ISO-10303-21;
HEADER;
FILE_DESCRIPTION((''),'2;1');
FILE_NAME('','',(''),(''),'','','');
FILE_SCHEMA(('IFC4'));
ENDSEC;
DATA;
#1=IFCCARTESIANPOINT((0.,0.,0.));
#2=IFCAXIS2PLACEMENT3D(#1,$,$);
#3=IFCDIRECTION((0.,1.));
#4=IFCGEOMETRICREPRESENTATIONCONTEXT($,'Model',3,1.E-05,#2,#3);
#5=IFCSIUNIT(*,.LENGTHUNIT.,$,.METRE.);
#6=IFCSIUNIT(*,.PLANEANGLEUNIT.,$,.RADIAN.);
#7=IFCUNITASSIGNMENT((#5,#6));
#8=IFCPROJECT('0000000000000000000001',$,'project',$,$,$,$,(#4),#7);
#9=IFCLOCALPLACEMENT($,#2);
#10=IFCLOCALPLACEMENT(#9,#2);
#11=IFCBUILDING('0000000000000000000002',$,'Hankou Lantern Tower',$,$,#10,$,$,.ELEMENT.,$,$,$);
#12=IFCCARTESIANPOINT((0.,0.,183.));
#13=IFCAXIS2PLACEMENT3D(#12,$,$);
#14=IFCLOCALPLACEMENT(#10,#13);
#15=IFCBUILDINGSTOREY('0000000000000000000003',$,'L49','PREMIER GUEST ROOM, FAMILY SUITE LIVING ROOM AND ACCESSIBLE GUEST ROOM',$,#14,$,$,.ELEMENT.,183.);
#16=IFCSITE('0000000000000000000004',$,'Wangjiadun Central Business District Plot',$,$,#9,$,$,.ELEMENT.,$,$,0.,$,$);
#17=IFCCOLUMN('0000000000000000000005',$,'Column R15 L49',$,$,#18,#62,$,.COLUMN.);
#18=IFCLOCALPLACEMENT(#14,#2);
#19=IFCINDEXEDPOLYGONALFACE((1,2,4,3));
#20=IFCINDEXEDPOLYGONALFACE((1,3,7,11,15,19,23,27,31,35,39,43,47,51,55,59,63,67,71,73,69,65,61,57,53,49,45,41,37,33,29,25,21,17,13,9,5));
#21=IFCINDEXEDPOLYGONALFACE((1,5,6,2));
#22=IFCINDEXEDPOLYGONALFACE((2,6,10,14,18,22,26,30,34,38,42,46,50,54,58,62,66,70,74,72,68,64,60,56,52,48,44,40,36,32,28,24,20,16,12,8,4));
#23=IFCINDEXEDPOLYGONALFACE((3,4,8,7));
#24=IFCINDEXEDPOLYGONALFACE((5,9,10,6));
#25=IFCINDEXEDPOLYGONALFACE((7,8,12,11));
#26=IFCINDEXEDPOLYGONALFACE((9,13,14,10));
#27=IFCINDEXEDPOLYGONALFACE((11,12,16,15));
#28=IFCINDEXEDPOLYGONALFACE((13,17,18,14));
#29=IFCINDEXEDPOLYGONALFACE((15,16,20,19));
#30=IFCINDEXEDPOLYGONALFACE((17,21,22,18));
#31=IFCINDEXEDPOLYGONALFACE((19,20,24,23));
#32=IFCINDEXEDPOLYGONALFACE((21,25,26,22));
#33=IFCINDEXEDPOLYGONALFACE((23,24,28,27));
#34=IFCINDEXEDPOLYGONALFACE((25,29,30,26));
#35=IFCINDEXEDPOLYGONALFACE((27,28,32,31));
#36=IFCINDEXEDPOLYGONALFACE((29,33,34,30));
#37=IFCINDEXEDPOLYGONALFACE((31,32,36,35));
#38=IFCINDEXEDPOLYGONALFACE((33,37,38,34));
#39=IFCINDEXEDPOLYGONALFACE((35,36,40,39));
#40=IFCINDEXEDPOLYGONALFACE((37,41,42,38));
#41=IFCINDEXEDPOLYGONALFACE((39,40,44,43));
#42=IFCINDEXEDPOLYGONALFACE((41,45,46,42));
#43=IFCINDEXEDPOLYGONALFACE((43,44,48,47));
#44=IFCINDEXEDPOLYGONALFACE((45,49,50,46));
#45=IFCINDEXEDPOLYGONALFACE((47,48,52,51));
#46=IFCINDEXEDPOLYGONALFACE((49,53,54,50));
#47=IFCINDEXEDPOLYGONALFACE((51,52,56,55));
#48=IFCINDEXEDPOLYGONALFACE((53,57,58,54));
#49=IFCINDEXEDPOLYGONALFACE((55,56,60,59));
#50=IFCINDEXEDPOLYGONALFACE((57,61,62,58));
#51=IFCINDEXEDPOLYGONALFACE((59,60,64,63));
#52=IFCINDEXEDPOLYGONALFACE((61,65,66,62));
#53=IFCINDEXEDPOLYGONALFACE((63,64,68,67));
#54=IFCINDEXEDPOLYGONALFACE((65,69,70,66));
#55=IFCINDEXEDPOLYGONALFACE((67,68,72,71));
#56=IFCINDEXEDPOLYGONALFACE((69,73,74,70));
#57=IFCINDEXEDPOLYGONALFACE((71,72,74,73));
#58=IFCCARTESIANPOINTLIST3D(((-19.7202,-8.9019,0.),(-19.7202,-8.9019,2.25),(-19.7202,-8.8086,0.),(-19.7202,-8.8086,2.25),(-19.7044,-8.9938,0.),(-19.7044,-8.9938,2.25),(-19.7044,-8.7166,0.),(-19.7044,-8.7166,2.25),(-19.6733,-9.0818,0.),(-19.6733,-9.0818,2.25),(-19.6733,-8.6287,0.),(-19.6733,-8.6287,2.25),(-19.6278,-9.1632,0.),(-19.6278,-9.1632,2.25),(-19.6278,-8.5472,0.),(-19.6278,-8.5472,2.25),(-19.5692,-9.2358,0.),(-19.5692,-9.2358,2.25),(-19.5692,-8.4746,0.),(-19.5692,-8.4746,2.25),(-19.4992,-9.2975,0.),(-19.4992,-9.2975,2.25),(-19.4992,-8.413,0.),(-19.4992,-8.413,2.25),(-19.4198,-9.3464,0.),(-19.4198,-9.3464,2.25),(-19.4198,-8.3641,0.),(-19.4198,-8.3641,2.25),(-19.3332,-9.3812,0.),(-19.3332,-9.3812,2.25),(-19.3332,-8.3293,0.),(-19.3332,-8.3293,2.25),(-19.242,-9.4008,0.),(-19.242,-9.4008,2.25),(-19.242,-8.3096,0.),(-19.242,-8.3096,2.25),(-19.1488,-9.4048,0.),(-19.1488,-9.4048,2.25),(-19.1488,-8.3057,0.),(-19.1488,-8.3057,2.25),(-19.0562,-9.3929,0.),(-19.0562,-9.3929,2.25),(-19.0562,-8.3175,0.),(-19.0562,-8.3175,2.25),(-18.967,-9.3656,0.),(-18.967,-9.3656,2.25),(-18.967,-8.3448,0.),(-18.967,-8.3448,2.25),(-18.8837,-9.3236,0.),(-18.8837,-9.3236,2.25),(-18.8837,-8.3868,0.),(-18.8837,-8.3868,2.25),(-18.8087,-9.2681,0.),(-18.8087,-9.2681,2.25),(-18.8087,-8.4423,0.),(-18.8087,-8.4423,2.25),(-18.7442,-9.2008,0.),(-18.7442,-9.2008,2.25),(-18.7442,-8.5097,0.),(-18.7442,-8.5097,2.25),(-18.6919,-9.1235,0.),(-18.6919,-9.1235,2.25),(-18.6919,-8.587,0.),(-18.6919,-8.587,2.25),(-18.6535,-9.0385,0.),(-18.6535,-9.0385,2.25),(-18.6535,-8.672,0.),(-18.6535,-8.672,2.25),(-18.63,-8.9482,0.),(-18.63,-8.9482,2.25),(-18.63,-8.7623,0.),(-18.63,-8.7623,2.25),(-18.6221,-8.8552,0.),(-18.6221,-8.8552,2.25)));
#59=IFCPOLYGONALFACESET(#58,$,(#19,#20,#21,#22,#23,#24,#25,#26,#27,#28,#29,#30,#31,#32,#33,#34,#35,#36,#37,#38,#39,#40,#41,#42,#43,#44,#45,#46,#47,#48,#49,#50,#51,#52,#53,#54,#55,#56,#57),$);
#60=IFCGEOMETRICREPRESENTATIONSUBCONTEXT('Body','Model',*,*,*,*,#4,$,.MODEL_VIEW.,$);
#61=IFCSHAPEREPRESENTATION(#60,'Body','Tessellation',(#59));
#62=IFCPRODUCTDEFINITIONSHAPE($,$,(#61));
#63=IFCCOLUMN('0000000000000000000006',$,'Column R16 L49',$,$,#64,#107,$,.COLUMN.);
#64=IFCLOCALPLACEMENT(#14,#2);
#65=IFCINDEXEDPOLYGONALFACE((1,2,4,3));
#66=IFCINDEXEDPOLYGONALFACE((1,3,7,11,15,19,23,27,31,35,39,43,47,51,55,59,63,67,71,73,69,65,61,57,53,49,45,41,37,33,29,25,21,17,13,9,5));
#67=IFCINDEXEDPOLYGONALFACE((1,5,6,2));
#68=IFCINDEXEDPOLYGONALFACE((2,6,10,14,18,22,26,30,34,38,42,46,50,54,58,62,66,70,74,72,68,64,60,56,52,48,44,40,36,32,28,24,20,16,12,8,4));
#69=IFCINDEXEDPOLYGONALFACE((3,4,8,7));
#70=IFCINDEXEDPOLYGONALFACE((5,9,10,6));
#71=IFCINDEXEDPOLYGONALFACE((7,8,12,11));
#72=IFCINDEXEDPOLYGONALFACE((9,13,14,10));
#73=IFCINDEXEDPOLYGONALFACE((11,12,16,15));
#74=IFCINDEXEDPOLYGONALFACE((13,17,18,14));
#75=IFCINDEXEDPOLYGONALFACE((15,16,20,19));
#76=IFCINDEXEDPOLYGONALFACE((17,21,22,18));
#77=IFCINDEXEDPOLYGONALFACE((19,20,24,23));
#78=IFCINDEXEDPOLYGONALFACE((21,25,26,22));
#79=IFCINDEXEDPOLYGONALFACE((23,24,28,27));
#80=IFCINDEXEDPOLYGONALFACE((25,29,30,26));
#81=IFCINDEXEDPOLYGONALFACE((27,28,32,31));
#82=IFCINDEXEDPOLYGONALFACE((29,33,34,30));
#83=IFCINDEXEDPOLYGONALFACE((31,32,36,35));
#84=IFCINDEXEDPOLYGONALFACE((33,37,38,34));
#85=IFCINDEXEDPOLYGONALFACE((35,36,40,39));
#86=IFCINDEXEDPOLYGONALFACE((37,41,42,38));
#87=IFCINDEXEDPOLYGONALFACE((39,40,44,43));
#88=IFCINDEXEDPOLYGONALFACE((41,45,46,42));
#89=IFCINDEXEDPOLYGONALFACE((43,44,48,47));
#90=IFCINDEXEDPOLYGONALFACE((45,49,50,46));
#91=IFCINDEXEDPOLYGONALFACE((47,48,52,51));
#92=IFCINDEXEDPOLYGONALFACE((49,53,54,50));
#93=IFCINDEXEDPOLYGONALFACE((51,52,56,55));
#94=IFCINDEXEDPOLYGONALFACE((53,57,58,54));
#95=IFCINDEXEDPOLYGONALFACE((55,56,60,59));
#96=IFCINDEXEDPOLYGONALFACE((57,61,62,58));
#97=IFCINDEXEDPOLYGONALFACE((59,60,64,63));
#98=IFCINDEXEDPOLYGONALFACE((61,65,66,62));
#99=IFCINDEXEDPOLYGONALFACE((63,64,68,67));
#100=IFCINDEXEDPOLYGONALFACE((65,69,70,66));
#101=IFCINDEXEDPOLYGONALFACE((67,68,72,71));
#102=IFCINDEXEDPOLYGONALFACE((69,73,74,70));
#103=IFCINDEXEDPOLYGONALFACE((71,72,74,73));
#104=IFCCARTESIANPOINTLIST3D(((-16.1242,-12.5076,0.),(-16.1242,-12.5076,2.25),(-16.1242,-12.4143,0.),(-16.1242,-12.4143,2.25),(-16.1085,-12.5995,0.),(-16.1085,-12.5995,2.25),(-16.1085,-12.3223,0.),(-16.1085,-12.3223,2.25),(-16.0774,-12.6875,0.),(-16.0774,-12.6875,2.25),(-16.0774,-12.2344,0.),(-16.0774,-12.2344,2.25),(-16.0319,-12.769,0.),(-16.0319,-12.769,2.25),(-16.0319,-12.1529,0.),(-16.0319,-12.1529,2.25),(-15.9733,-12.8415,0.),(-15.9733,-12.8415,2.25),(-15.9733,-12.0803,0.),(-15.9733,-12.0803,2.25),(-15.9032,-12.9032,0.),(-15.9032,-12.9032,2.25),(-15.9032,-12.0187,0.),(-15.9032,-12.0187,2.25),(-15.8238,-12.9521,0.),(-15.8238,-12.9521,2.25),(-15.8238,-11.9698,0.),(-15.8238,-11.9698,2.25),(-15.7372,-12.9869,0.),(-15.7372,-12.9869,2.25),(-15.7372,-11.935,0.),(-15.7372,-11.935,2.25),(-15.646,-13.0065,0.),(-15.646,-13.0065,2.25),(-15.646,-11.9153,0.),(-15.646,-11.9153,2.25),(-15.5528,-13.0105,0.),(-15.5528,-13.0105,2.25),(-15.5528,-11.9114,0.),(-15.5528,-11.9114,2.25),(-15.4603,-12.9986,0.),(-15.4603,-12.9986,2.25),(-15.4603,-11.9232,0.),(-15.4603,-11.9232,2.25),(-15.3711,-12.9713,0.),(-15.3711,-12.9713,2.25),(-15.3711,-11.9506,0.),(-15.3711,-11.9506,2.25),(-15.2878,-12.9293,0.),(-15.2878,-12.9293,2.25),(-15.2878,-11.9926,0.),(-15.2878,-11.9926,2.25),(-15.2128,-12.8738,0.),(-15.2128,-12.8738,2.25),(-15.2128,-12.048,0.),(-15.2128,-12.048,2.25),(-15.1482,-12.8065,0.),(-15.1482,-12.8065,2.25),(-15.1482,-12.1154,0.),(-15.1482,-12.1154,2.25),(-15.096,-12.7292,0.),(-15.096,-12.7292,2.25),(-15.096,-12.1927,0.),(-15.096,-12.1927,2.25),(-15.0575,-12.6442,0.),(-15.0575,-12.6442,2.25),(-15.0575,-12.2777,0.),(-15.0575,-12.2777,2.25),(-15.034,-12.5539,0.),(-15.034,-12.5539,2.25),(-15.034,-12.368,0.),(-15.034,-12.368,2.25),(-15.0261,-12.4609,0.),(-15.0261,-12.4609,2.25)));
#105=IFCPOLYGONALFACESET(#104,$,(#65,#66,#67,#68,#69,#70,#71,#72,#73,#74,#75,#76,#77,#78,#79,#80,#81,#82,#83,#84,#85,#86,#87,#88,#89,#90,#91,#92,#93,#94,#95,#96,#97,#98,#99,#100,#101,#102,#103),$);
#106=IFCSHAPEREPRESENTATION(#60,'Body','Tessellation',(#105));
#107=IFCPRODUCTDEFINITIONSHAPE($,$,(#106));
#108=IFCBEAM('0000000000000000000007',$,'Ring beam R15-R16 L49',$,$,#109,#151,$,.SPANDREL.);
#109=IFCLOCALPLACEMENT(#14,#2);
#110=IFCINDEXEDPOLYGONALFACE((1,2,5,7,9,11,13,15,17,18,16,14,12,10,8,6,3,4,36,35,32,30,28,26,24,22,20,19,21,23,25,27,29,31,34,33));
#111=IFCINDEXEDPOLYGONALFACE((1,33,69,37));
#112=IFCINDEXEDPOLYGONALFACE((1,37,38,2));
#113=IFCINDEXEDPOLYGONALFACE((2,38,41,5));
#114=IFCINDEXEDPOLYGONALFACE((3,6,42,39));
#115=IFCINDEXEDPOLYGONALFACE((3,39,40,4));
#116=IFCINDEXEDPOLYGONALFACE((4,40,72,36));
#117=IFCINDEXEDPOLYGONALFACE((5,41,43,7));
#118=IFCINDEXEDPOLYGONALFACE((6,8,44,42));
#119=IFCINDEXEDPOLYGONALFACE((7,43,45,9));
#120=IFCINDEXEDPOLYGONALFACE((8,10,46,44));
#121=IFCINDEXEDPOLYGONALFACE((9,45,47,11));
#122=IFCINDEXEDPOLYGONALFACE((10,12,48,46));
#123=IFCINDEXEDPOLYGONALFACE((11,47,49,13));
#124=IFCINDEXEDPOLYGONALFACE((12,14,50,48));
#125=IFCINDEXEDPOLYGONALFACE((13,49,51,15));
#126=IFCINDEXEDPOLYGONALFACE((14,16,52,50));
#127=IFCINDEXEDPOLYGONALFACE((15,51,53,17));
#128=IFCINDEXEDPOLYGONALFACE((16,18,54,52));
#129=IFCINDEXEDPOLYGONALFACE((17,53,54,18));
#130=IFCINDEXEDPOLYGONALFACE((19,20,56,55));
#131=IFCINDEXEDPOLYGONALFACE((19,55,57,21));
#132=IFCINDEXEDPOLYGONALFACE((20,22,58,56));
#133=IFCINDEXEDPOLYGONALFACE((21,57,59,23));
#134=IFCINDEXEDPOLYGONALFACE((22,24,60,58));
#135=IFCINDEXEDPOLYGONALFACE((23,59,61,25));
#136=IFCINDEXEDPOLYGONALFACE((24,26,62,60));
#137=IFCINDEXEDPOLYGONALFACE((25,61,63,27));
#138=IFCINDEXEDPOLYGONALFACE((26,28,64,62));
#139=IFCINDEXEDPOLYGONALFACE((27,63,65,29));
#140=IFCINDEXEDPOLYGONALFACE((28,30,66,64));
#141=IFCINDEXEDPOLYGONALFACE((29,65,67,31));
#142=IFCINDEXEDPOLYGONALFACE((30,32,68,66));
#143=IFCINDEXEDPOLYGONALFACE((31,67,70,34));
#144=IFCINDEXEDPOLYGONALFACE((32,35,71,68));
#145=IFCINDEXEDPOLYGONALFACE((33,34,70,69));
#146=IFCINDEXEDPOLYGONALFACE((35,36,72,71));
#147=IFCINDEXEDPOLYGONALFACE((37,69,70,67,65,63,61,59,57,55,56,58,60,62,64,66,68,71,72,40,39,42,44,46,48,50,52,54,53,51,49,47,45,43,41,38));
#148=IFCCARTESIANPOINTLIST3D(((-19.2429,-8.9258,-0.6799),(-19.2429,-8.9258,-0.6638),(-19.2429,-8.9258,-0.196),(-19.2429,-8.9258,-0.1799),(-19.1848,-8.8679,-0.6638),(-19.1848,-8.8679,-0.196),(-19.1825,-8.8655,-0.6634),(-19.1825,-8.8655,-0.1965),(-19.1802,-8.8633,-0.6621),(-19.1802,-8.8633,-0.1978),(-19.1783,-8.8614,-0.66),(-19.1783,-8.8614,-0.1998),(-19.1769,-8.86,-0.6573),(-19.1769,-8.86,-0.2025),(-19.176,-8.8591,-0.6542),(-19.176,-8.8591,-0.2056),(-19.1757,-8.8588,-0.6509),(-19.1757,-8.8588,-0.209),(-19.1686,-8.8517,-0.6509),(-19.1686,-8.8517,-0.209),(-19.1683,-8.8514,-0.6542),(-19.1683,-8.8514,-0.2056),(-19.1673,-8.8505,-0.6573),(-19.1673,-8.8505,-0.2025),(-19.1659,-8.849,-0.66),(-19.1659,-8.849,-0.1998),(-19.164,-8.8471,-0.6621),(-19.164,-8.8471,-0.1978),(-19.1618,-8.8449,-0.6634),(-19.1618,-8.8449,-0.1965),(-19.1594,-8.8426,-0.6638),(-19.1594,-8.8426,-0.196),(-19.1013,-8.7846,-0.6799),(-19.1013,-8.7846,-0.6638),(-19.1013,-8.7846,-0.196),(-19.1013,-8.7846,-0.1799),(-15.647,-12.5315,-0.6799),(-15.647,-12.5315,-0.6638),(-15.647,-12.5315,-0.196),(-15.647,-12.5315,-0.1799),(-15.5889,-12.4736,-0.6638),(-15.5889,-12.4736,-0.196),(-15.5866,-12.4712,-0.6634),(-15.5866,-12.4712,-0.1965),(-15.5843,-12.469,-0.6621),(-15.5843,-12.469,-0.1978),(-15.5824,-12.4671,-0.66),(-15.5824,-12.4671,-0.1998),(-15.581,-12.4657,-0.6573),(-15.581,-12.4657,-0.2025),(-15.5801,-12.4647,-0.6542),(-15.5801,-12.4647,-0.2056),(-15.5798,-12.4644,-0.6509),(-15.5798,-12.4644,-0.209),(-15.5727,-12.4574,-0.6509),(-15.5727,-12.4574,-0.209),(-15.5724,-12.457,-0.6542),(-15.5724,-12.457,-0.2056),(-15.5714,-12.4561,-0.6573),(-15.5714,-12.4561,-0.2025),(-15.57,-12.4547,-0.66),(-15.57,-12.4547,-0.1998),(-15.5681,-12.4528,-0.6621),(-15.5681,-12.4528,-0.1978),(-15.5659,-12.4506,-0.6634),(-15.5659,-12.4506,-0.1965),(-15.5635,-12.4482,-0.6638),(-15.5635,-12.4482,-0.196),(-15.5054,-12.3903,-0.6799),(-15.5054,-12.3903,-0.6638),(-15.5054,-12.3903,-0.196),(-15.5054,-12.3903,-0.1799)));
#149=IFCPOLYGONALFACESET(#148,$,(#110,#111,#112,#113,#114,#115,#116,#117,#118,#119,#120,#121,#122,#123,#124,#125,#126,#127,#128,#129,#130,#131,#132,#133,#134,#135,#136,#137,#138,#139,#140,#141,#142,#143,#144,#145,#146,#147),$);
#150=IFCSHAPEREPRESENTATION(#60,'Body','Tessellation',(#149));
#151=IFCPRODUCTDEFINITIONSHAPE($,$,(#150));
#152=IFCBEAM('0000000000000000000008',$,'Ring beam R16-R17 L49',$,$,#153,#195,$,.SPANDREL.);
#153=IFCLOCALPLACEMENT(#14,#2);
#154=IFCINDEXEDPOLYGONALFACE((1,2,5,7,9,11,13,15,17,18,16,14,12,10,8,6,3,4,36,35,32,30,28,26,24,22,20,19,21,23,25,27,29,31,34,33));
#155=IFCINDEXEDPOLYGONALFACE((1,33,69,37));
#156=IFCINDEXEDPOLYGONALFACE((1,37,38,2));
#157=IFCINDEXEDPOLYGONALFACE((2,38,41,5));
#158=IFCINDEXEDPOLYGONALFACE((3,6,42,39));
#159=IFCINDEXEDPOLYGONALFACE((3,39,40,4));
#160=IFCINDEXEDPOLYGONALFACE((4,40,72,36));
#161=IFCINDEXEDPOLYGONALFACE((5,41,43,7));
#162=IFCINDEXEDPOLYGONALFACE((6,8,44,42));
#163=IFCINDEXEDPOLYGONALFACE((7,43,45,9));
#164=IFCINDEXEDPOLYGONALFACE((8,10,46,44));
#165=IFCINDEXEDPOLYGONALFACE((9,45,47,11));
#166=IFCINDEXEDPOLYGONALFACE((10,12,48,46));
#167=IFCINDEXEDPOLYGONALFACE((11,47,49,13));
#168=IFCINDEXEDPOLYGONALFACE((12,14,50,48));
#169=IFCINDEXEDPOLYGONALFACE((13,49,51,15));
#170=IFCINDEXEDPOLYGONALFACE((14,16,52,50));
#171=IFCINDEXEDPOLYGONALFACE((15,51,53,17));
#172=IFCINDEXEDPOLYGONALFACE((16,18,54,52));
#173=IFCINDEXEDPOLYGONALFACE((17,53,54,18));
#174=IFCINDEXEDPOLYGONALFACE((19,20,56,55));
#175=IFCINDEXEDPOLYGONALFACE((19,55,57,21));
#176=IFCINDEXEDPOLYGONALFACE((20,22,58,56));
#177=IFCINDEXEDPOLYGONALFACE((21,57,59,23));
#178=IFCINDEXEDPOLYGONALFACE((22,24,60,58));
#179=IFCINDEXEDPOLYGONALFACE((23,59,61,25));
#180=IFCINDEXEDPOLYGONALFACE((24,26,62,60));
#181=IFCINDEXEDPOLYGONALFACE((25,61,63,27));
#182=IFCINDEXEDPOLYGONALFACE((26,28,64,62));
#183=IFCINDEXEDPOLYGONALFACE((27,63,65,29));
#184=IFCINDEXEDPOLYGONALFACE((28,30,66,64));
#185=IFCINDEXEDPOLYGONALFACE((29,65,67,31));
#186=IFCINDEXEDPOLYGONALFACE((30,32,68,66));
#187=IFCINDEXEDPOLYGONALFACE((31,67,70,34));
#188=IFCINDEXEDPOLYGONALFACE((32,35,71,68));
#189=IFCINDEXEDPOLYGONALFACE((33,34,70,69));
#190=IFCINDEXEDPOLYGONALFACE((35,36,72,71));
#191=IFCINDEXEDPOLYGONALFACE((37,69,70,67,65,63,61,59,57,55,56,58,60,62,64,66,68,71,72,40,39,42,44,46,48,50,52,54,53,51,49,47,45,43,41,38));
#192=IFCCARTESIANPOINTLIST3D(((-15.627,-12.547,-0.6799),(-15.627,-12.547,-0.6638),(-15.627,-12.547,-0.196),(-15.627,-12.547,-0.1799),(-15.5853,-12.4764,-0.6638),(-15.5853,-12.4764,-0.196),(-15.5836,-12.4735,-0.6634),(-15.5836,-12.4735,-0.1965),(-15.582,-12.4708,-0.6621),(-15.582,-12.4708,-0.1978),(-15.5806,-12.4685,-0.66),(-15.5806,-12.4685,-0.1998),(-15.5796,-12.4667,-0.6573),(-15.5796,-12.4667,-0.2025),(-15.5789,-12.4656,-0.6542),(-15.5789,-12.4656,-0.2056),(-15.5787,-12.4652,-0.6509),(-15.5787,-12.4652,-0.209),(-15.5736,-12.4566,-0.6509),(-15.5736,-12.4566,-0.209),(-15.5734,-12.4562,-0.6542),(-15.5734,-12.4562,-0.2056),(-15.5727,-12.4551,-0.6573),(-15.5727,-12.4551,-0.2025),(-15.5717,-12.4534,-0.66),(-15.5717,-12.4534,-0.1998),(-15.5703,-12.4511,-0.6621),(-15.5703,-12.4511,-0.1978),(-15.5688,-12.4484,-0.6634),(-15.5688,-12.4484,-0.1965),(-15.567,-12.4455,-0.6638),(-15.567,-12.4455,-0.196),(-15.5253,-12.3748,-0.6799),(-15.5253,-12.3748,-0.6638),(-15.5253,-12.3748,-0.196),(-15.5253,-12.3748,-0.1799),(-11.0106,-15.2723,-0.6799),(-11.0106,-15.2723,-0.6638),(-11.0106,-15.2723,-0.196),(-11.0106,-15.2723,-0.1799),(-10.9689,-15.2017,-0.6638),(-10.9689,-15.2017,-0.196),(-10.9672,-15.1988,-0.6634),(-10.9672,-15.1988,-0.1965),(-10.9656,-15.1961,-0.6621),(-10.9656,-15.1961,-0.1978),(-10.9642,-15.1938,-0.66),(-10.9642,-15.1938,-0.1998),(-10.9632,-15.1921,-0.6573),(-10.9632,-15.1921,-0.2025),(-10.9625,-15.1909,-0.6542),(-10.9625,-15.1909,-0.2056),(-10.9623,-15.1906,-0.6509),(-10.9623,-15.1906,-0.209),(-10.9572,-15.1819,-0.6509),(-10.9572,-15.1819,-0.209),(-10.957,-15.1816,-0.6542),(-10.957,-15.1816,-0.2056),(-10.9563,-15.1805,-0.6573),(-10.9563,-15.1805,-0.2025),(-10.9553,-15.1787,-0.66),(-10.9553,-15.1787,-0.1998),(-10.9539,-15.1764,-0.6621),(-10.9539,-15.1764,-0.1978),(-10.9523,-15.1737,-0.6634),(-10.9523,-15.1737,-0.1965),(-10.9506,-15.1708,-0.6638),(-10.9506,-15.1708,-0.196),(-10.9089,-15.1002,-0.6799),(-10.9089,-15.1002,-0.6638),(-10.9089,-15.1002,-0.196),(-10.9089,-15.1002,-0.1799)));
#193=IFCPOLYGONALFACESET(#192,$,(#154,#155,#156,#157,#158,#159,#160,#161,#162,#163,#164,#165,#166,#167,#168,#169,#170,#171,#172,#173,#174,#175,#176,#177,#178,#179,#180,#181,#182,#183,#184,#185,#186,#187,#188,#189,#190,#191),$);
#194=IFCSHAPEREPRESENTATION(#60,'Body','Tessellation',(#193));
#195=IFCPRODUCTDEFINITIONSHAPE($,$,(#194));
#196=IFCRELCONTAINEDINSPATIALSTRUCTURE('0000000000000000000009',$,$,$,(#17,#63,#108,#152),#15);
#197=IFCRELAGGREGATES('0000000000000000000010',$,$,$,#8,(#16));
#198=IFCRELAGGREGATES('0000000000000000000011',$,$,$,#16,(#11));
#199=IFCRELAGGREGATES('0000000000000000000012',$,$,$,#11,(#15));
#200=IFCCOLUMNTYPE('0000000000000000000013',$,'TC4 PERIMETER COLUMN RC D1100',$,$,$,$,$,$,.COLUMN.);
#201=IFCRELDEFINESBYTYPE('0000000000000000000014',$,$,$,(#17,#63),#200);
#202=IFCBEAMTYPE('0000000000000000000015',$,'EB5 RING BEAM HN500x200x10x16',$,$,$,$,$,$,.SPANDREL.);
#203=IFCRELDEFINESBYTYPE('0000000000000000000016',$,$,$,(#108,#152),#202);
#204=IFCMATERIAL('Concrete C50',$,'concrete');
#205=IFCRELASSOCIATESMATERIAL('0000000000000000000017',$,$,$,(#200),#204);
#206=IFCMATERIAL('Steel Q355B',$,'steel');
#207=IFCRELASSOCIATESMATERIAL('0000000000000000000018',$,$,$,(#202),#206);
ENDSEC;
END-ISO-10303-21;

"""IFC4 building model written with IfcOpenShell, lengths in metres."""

from ifc_helpers import new_model, si_unit, direction, frame, origin, origin_2d, place, context, subcontext, project, spatial, circle, i_section, extrude, clip, halfspace, material, material_profile, profile_set, type_object, element, save


model = new_model("IFC4")

# Units and contexts
model_context = context("Model", 3, precision=1e-05, world=origin(), true_north=direction((0.0, 1.0)))
body_context = subcontext(model_context, "Body", "Model", "MODEL_VIEW")
ifc_project = project(units=[si_unit("LENGTHUNIT", "METRE"), si_unit("PLANEANGLEUNIT", "RADIAN")], contexts=[model_context])

# Site, building, storey
site_placement = place(None, origin())
site = spatial("IfcSite", under=ifc_project, at=site_placement, Name="Wangjiadun Central Business District Plot", CompositionType="ELEMENT", RefElevation=0.0)
building_placement = place(site_placement, origin())
building = spatial("IfcBuilding", under=site, at=building_placement, Name="Hankou Lantern Tower", CompositionType="ELEMENT")
storey_placement = place(building_placement, frame((0.0, 0.0, 183.0)))
storey = spatial("IfcBuildingStorey", under=building, at=storey_placement, Name="L49", Description="PREMIER GUEST ROOM, FAMILY SUITE LIVING ROOM AND ACCESSIBLE GUEST ROOM", CompositionType="ELEMENT", Elevation=183.0)

# Columns
ifc_material_1 = material(Name="Concrete C50", Category="concrete")
ifc_material_profile_1 = material_profile(ifc_material_1, circle(Radius=0.55, at=origin_2d()), Name="RC D1100")
ifc_profile_set_1 = profile_set([ifc_material_profile_1], Name="Concrete C50")
column_type = type_object("IfcColumnType", Name="TC4 PERIMETER COLUMN RC D1100", PredefinedType="COLUMN", material=ifc_profile_set_1)
for number, where, z_axis, x_axis, name in (
    (1, (-19.1721, -8.8552, 0.0), (0.0, 0.0, 1.0), (1.0, 0.0, 0.0), "Column R15 L49"),
    (2, (-15.5762, -12.4609, 0.0), (0.0, 0.0, 1.0), (1.0, 0.0, 0.0), "Column R16 L49"),
):
    element("IfcColumn", number, at=place(storey_placement, frame(where, z_axis=z_axis, x_axis=x_axis)), inside=storey, type_object=column_type, Name=name, PredefinedType="COLUMN", context=body_context, shape_type="Clipping", body=[
        clip(extrude(circle(Radius=0.55, at=origin_2d()), origin(), (0.0, 0.0, 1.0), 3.3), halfspace(frame((0.0, 0.0, 2.25), z_axis=(0.0, 0.0, 1.0), x_axis=(1.0, 0.0, 0.0)), False)),
    ])

# Beams
ifc_material_2 = material(Name="Steel Q355B", Category="steel")
ifc_material_profile_2 = material_profile(ifc_material_2, i_section(OverallWidth=0.2, OverallDepth=0.5, WebThickness=0.01, FlangeThickness=0.0161, FilletRadius=0.0129, at=origin_2d()), Name="HN500x200x10x16")
ifc_profile_set_2 = profile_set([ifc_material_profile_2], Name="Steel Q355B")
beam_type_1 = type_object("IfcBeamType", Name="EB5 RING BEAM HN500x200x10x16", PredefinedType="SPANDREL", material=ifc_profile_set_2)
beam_1_placement = place(storey_placement, frame((-19.1721, -8.8552, -0.4299), z_axis=(0.706147, -0.708065, 0.0), x_axis=(0.708065, 0.706147, 0.0)))
element("IfcBeam", 3, at=beam_1_placement, inside=storey, type_object=beam_type_1, Name="Ring beam R15-R16 L49", PredefinedType="SPANDREL", context=body_context, shape_type="SweptSolid", body=[
    extrude(i_section(OverallWidth=0.2, OverallDepth=0.5, WebThickness=0.01, FlangeThickness=0.0161, FilletRadius=0.0129, at=origin_2d()), origin(), (0.0, 0.0, 1.0), 5.0923),
])
beam_2_placement = place(storey_placement, frame((-15.5762, -12.4609, -0.4299), z_axis=(0.861136, -0.508375, 0.0), x_axis=(0.508375, 0.861136, 0.0)))
element("IfcBeam", 4, at=beam_2_placement, inside=storey, type_object=beam_type_1, Name="Ring beam R16-R17 L49", PredefinedType="SPANDREL", context=body_context, shape_type="SweptSolid", body=[
    extrude(i_section(OverallWidth=0.2, OverallDepth=0.5, WebThickness=0.01, FlangeThickness=0.0161, FilletRadius=0.0129, at=origin_2d()), origin(), (0.0, 0.0, 1.0), 5.3608),
])

save(model, "model.ifc")
